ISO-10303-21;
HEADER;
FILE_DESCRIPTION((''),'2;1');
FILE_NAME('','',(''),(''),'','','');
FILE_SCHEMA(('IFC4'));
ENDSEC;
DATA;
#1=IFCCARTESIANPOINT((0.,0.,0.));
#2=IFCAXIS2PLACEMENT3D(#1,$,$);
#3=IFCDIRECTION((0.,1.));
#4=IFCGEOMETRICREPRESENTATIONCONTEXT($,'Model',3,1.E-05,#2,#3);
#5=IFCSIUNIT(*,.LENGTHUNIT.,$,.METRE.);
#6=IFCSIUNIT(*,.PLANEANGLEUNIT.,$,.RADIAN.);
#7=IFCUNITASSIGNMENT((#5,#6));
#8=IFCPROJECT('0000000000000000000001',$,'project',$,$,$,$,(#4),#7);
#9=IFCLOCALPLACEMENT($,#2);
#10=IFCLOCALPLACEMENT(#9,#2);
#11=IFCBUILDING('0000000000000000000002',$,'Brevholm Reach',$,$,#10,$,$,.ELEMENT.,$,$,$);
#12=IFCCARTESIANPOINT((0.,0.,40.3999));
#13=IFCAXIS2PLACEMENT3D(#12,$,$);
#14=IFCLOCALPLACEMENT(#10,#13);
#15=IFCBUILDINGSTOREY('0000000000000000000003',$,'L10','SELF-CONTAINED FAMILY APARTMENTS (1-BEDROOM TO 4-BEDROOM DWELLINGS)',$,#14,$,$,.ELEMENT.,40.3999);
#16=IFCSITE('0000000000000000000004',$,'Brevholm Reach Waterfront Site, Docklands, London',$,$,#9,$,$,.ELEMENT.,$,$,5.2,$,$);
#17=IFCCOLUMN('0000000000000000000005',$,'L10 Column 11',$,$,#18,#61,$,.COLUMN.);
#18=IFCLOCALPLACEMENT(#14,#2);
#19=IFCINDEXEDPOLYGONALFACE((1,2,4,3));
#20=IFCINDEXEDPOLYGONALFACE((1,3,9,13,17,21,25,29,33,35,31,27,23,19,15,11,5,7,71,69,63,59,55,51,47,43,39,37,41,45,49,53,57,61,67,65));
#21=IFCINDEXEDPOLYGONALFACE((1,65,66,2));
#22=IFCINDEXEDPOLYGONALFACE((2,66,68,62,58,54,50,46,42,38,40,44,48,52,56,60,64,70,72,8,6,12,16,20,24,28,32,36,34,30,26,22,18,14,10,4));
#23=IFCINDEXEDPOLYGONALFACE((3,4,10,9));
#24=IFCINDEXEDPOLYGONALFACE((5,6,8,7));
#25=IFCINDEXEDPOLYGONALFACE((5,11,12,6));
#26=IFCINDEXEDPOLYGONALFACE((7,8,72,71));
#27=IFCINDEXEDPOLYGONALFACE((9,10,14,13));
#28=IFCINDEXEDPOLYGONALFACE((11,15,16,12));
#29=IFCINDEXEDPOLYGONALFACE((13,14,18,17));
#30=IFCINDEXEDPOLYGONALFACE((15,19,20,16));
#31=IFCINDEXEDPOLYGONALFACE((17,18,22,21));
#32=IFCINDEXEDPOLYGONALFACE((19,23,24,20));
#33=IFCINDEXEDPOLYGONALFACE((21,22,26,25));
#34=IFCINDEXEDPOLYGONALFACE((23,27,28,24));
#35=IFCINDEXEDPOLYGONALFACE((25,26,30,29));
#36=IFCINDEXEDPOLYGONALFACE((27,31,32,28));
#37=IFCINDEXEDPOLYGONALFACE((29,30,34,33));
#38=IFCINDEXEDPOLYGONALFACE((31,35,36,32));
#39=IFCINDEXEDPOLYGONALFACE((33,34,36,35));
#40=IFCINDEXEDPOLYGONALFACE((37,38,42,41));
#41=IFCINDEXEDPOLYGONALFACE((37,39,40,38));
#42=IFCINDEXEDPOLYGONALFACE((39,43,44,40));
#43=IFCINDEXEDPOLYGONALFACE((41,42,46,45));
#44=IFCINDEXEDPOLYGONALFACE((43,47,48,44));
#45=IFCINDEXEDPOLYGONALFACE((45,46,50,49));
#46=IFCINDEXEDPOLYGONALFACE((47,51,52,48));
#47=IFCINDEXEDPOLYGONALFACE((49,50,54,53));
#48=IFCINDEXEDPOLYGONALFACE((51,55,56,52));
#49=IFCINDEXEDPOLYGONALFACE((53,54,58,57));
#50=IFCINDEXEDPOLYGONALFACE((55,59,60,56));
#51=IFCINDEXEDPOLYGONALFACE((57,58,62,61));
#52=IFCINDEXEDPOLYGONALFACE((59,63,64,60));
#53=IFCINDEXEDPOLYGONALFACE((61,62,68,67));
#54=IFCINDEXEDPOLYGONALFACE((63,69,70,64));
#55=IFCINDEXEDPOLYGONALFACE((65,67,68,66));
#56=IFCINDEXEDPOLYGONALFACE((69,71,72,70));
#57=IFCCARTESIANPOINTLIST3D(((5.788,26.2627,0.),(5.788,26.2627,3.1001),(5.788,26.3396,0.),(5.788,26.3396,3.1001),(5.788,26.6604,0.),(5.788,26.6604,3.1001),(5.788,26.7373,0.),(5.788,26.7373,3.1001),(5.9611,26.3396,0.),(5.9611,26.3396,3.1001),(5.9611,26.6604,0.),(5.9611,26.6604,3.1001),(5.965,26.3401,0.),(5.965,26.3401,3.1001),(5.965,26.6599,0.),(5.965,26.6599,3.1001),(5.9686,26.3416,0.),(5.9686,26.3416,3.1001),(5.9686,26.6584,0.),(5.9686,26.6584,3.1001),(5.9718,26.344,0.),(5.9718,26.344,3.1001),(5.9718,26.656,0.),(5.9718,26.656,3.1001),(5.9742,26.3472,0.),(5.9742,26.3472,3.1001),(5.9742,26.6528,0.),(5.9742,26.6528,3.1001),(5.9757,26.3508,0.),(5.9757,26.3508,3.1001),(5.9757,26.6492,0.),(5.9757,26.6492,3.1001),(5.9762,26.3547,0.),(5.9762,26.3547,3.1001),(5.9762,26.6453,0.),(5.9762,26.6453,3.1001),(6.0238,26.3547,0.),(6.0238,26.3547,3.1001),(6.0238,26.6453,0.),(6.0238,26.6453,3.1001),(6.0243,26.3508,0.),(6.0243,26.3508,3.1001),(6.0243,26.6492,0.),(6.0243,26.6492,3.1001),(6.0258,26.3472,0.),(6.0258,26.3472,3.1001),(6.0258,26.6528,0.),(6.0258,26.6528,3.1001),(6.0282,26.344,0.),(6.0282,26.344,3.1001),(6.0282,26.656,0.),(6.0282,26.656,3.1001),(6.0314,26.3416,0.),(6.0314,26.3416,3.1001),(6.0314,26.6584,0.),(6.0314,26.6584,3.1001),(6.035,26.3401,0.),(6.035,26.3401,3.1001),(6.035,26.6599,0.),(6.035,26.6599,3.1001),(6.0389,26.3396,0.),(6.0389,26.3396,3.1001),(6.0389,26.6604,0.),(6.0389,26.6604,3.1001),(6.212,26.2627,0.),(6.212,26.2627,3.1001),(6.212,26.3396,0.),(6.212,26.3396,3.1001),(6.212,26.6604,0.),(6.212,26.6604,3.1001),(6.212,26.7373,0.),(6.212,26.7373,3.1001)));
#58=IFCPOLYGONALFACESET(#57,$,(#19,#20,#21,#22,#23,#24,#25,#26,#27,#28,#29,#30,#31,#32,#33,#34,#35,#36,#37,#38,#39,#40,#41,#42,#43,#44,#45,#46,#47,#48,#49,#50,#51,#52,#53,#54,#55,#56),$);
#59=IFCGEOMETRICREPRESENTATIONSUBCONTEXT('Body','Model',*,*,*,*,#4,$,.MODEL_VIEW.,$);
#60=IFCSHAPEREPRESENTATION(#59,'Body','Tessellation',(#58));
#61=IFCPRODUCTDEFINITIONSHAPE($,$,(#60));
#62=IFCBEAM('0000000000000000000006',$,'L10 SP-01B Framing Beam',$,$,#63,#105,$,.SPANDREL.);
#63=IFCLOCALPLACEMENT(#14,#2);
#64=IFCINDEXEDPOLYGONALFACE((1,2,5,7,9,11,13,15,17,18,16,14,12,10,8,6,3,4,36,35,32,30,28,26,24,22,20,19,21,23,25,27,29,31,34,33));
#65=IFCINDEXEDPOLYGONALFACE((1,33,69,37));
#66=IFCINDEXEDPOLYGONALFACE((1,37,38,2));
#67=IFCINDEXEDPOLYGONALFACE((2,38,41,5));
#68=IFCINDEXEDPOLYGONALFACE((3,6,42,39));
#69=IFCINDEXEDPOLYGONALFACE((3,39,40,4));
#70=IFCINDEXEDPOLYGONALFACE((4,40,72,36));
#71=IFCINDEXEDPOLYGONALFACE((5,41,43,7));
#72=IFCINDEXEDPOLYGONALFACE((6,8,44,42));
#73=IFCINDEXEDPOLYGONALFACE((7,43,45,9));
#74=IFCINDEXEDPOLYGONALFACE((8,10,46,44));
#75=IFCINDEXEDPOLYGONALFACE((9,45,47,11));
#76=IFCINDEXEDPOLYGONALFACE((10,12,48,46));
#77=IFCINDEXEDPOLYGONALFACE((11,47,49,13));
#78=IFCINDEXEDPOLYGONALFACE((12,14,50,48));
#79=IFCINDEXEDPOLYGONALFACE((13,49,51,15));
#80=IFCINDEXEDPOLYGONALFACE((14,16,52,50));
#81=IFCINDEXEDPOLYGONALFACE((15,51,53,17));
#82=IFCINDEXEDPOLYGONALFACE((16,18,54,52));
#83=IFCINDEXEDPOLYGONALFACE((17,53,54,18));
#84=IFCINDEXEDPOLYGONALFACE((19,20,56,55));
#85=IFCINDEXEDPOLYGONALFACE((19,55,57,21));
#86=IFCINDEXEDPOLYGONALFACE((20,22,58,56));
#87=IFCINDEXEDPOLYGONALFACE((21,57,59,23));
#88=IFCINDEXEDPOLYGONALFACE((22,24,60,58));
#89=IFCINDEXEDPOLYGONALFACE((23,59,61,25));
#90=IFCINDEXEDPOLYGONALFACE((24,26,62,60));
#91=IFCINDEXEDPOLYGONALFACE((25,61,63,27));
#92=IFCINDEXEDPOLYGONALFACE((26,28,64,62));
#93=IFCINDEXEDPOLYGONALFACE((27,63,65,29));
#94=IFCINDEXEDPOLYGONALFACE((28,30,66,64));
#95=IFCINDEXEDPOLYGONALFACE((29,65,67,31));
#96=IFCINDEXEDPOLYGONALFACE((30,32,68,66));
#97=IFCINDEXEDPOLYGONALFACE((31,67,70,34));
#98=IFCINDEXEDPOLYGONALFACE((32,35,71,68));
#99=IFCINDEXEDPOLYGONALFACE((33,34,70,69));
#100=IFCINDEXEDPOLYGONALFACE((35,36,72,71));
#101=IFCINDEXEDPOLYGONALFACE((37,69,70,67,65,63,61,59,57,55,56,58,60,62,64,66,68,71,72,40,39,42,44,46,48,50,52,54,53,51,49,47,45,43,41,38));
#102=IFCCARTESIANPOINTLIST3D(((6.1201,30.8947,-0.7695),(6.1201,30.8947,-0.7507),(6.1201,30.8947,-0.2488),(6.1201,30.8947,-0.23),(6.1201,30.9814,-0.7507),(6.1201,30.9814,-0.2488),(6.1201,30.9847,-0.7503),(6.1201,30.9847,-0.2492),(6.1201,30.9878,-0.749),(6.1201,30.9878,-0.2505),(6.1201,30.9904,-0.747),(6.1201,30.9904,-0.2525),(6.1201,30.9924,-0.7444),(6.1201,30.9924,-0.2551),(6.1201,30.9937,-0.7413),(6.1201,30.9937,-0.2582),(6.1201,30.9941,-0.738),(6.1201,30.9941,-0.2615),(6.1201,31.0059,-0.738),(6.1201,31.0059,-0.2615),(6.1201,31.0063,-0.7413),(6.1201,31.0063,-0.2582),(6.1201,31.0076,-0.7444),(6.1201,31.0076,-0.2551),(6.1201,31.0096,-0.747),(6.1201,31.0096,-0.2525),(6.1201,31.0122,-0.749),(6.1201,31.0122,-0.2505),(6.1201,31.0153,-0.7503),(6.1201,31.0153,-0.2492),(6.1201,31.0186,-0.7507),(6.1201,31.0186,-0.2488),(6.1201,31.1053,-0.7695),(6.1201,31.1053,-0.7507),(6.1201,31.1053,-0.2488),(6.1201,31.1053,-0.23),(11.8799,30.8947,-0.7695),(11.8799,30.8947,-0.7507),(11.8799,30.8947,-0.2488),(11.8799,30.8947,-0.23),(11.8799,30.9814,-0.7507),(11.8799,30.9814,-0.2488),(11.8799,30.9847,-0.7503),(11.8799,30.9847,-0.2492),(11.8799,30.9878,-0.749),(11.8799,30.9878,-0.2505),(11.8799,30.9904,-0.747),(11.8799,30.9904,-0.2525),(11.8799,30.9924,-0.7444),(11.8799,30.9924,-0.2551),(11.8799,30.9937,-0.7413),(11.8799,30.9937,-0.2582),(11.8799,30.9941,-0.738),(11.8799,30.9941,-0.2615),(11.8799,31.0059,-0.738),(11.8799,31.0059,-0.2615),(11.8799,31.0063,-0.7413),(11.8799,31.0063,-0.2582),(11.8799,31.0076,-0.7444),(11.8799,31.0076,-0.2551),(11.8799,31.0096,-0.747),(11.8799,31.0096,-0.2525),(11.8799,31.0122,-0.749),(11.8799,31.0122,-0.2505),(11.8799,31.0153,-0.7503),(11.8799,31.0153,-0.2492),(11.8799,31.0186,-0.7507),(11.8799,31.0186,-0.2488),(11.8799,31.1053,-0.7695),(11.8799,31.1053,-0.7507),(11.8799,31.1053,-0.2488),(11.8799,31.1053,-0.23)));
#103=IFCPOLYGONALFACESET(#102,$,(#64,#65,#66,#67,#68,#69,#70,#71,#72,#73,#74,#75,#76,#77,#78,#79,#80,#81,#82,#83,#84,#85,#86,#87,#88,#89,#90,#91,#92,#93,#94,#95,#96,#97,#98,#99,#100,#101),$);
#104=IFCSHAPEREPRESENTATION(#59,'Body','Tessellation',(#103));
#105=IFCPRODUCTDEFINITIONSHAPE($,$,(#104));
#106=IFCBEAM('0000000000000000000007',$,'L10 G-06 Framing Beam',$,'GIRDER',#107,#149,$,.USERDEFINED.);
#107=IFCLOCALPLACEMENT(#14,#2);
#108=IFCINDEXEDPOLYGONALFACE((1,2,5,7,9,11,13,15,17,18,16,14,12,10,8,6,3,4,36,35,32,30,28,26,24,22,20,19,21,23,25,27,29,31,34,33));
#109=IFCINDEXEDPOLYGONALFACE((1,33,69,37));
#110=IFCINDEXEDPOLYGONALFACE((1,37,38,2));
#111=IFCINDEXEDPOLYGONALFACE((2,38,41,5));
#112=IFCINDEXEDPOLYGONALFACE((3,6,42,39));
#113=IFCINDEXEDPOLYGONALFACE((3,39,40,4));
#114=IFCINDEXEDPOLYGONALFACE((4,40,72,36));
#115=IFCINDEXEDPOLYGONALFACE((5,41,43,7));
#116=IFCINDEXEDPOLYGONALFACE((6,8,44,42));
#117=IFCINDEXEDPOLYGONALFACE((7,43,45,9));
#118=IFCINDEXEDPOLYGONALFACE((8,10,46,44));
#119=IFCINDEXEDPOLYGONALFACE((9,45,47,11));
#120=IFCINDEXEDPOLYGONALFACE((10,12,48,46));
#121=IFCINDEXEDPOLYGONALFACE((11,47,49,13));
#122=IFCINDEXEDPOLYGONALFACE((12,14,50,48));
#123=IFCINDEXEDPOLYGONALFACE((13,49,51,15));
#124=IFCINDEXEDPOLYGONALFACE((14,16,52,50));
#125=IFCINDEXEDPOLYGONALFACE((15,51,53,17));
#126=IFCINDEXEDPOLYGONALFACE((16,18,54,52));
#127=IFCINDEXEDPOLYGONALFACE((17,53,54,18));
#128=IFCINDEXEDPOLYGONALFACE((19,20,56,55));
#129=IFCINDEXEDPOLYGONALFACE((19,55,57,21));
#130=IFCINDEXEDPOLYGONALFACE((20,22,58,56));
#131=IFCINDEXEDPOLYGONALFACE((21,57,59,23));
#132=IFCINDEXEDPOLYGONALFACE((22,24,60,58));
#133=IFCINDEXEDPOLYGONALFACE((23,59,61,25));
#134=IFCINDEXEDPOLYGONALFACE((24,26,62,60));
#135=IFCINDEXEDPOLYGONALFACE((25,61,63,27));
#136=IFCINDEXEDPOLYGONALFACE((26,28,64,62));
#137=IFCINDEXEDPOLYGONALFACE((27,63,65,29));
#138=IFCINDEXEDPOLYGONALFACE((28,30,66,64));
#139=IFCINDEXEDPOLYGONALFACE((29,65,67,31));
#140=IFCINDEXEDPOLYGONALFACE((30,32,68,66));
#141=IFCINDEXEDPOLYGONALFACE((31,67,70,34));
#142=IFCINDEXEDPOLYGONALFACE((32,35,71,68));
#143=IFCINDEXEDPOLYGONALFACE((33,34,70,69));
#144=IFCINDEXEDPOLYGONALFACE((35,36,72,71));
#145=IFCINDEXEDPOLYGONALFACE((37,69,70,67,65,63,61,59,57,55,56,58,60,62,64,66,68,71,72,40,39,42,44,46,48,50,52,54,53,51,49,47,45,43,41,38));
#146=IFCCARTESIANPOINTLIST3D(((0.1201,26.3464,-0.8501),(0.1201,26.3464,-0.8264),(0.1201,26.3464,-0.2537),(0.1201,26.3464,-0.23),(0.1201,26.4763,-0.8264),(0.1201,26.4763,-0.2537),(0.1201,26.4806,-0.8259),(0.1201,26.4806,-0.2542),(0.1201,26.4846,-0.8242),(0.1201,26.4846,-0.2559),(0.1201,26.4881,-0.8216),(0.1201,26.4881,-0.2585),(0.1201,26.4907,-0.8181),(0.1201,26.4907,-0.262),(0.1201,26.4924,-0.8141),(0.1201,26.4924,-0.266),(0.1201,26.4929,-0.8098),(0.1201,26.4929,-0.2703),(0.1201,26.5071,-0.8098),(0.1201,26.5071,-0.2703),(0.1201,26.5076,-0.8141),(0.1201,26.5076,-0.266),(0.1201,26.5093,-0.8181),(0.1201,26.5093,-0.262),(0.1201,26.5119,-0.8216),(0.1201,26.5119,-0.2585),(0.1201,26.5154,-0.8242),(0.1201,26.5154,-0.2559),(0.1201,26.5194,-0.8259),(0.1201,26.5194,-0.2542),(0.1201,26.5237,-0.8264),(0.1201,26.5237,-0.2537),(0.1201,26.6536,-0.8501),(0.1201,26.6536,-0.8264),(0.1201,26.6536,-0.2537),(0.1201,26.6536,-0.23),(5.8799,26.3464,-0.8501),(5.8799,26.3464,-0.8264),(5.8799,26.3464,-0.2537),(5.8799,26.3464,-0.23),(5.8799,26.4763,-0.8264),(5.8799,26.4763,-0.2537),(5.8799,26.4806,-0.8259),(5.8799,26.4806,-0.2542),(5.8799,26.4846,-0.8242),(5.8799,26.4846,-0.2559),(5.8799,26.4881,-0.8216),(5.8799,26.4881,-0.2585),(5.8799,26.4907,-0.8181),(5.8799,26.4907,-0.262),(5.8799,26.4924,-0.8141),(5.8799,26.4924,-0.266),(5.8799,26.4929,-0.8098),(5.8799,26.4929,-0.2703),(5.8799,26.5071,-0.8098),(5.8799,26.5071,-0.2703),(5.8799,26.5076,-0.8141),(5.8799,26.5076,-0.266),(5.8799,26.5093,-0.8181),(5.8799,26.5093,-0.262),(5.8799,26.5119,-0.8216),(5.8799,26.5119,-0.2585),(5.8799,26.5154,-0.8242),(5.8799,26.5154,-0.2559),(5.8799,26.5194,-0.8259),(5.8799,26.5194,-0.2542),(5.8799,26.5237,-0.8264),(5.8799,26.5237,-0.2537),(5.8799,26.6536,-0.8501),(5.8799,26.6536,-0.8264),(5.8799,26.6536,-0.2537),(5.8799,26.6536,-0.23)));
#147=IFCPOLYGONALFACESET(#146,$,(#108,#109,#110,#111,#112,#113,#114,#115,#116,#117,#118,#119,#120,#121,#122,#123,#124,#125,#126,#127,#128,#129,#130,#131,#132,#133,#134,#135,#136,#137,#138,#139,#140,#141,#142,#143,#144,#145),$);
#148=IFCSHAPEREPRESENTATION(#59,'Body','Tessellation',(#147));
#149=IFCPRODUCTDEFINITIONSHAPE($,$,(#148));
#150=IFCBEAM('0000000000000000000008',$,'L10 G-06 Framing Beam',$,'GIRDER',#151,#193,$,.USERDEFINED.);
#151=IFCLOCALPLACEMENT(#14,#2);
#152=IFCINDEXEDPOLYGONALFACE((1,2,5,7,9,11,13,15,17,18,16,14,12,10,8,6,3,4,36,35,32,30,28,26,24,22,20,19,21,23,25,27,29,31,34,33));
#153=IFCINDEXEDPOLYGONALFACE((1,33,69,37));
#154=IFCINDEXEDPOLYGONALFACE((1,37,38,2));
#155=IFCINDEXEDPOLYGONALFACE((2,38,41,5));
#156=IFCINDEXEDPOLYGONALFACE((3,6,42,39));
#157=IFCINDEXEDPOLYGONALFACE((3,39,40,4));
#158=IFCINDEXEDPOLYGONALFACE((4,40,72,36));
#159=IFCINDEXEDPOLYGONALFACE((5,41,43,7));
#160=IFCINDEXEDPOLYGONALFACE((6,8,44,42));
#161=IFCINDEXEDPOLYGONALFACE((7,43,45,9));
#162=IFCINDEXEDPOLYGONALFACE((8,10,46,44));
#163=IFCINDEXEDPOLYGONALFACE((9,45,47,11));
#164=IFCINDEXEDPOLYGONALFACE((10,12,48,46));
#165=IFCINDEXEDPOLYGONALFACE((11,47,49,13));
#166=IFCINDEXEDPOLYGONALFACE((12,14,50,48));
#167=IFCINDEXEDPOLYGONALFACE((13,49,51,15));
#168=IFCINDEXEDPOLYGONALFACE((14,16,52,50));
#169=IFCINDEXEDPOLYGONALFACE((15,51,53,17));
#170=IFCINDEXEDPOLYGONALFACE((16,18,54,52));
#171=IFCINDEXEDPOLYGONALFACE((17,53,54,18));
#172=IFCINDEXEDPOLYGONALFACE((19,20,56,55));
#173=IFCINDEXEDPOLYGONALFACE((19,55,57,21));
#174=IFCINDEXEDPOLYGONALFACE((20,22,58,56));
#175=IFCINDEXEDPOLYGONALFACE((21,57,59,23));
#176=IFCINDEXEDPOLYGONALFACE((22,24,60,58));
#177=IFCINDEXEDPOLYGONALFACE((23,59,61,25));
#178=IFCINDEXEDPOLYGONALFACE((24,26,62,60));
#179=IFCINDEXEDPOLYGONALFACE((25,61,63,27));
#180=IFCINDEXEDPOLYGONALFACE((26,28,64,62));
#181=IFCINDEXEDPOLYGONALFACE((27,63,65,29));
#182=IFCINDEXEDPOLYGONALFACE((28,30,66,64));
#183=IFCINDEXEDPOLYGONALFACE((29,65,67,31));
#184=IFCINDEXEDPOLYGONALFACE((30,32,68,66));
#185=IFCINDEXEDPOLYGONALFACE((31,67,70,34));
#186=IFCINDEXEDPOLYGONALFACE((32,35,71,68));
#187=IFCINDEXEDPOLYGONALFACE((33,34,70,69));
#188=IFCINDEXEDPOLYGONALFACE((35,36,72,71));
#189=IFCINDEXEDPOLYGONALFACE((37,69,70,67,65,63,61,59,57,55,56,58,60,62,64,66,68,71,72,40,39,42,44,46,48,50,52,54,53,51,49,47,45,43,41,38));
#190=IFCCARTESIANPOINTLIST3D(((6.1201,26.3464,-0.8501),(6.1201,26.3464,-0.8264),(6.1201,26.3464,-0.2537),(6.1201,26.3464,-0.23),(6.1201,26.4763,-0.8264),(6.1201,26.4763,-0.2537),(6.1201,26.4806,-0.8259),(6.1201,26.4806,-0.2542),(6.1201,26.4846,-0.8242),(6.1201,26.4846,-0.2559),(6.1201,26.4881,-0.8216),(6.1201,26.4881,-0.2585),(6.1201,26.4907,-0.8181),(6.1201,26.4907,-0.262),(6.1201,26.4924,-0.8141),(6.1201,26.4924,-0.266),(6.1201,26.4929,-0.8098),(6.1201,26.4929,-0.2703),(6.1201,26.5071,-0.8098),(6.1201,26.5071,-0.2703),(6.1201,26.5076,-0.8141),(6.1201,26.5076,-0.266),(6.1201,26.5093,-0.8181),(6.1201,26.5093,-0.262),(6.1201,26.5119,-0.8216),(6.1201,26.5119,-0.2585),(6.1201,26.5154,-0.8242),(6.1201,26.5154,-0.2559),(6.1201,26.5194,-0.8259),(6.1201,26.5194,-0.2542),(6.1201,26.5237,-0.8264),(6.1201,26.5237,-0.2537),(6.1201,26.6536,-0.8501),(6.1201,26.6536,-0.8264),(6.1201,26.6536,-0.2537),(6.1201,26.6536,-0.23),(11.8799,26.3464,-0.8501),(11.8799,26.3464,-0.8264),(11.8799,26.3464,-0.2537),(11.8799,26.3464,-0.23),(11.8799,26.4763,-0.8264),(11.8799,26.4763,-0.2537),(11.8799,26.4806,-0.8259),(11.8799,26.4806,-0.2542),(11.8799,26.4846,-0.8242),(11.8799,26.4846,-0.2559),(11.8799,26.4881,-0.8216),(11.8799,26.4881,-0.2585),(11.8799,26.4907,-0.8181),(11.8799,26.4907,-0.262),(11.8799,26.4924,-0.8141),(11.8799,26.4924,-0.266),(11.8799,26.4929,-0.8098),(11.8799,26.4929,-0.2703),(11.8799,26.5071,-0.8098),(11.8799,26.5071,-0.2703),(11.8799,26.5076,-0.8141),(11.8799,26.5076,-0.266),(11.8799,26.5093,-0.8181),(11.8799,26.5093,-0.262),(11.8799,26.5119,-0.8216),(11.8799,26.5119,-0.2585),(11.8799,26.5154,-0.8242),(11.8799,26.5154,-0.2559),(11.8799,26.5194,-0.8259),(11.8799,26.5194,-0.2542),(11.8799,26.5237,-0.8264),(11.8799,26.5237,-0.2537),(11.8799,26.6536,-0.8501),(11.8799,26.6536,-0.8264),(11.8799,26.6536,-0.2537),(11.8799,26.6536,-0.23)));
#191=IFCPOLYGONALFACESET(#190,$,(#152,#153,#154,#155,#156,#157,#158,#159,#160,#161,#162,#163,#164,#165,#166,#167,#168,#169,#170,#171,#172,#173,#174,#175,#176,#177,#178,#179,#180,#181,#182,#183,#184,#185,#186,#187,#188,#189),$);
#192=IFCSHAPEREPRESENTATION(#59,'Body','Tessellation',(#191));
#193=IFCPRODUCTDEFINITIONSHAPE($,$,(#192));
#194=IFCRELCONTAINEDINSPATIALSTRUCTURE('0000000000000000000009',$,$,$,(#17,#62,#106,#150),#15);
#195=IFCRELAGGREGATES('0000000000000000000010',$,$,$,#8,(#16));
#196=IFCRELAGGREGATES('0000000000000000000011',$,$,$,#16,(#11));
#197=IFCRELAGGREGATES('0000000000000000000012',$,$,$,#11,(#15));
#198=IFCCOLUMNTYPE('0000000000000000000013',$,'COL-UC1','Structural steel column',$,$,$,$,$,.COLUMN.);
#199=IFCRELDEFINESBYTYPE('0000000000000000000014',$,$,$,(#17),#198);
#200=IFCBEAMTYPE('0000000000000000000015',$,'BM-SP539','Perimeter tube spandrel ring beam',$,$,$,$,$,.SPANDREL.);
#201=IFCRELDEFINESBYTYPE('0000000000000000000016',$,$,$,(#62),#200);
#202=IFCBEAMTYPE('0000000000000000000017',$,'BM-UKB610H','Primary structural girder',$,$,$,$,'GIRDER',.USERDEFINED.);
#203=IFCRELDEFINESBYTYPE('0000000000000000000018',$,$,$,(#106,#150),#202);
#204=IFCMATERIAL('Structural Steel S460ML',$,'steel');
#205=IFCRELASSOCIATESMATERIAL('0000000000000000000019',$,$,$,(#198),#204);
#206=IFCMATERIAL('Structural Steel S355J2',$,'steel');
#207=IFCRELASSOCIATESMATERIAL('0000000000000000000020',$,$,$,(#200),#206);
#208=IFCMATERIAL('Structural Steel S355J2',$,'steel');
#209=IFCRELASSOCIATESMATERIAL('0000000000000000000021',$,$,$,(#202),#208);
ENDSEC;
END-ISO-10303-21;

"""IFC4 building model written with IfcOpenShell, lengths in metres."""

from ifc_helpers import new_model, si_unit, direction, frame, origin, origin_2d, place, context, subcontext, project, spatial, i_section, extrude, material, material_profile, profile_set, type_object, element, save


model = new_model("IFC4")

# Units and contexts
model_context = context("Model", 3, precision=1e-05, world=origin(), true_north=direction((0.0, 1.0)))
body_context = subcontext(model_context, "Body", "Model", "MODEL_VIEW")
ifc_project = project(units=[si_unit("LENGTHUNIT", "METRE"), si_unit("PLANEANGLEUNIT", "RADIAN")], contexts=[model_context])

# Site, building, storey
site_placement = place(None, origin())
site = spatial("IfcSite", under=ifc_project, at=site_placement, Name="Brevholm Reach Waterfront Site, Docklands, London", CompositionType="ELEMENT", RefElevation=5.2)
building_placement = place(site_placement, origin())
building = spatial("IfcBuilding", under=site, at=building_placement, Name="Brevholm Reach", CompositionType="ELEMENT")
storey_placement = place(building_placement, frame((0.0, 0.0, 40.3999)))
storey = spatial("IfcBuildingStorey", under=building, at=storey_placement, Name="L10", Description="SELF-CONTAINED FAMILY APARTMENTS (1-BEDROOM TO 4-BEDROOM DWELLINGS)", CompositionType="ELEMENT", Elevation=40.3999)

# Column
ifc_material_1 = material(Name="Structural Steel S460ML", Category="steel")
ifc_material_profile_1 = material_profile(ifc_material_1, i_section(OverallWidth=0.4241, OverallDepth=0.4746, WebThickness=0.0476, FlangeThickness=0.0769, FilletRadius=0.0151, at=origin_2d()), Name="UKC 356x406x634")
ifc_profile_set_1 = profile_set([ifc_material_profile_1], Name="Structural Steel S460ML")
column_type_1 = type_object("IfcColumnType", Name="COL-UC1", Description="Structural steel column", PredefinedType="COLUMN", material=ifc_profile_set_1)
column_1_placement = place(storey_placement, frame((6.0, 26.5, 0.0), z_axis=(0.0, 0.0, 1.0), x_axis=(1.0, 0.0, 0.0)))
element("IfcColumn", 1, at=column_1_placement, inside=storey, type_object=column_type_1, Name="L10 Column 11", PredefinedType="COLUMN", context=body_context, shape_type="SweptSolid", body=[
    extrude(i_section(OverallWidth=0.4241, OverallDepth=0.4746, WebThickness=0.0476, FlangeThickness=0.0769, FilletRadius=0.0151, at=origin_2d()), origin(), (0.0, 0.0, 1.0), 3.1001),
])

# Beams
ifc_material_2 = material(Name="Structural Steel S355J2", Category="steel")
ifc_material_profile_2 = material_profile(ifc_material_2, i_section(OverallWidth=0.2107, OverallDepth=0.5396, WebThickness=0.0117, FlangeThickness=0.0188, FilletRadius=0.0127, at=origin_2d()), Name="UKB 533x210x109")
ifc_profile_set_2 = profile_set([ifc_material_profile_2], Name="Structural Steel S355J2")
beam_type_1 = type_object("IfcBeamType", Name="BM-SP539", Description="Perimeter tube spandrel ring beam", PredefinedType="SPANDREL", material=ifc_profile_set_2)
beam_1_placement = place(storey_placement, frame((6.1201, 31.0, -0.4998), z_axis=(1.0, 0.0, 0.0), x_axis=(0.0, 1.0, 0.0)))
element("IfcBeam", 2, at=beam_1_placement, inside=storey, type_object=beam_type_1, Name="L10 SP-01B Framing Beam", PredefinedType="SPANDREL", context=body_context, shape_type="SweptSolid", body=[
    extrude(i_section(OverallWidth=0.2107, OverallDepth=0.5396, WebThickness=0.0117, FlangeThickness=0.0188, FilletRadius=0.0127, at=origin_2d()), origin(), (0.0, 0.0, 1.0), 5.7598),
])
ifc_material_3 = material(Name="Structural Steel S355J2", Category="steel")
ifc_material_profile_3 = material_profile(ifc_material_3, i_section(OverallWidth=0.3071, OverallDepth=0.6201, WebThickness=0.0142, FlangeThickness=0.0237, FilletRadius=0.0166, at=origin_2d()), Name="UKB 610x305x179")
ifc_profile_set_3 = profile_set([ifc_material_profile_3], Name="Structural Steel S355J2")
beam_type_2 = type_object("IfcBeamType", Name="BM-UKB610H", Description="Primary structural girder", ElementType="GIRDER", PredefinedType="USERDEFINED", material=ifc_profile_set_3)
for number, where, z_axis, x_axis, name in (
    (3, (0.1201, 26.5, -0.54), (1.0, 0.0, 0.0), (0.0, 1.0, 0.0), "L10 G-06 Framing Beam"),
    (4, (6.1201, 26.5, -0.54), (1.0, 0.0, 0.0), (0.0, 1.0, 0.0), "L10 G-06 Framing Beam"),
):
    element("IfcBeam", number, at=place(storey_placement, frame(where, z_axis=z_axis, x_axis=x_axis)), inside=storey, type_object=beam_type_2, Name=name, ObjectType="GIRDER", PredefinedType="USERDEFINED", context=body_context, shape_type="SweptSolid", body=[
        extrude(i_section(OverallWidth=0.3071, OverallDepth=0.6201, WebThickness=0.0142, FlangeThickness=0.0237, FilletRadius=0.0166, at=origin_2d()), origin(), (0.0, 0.0, 1.0), 5.7598),
    ])

save(model, "model.ifc")
